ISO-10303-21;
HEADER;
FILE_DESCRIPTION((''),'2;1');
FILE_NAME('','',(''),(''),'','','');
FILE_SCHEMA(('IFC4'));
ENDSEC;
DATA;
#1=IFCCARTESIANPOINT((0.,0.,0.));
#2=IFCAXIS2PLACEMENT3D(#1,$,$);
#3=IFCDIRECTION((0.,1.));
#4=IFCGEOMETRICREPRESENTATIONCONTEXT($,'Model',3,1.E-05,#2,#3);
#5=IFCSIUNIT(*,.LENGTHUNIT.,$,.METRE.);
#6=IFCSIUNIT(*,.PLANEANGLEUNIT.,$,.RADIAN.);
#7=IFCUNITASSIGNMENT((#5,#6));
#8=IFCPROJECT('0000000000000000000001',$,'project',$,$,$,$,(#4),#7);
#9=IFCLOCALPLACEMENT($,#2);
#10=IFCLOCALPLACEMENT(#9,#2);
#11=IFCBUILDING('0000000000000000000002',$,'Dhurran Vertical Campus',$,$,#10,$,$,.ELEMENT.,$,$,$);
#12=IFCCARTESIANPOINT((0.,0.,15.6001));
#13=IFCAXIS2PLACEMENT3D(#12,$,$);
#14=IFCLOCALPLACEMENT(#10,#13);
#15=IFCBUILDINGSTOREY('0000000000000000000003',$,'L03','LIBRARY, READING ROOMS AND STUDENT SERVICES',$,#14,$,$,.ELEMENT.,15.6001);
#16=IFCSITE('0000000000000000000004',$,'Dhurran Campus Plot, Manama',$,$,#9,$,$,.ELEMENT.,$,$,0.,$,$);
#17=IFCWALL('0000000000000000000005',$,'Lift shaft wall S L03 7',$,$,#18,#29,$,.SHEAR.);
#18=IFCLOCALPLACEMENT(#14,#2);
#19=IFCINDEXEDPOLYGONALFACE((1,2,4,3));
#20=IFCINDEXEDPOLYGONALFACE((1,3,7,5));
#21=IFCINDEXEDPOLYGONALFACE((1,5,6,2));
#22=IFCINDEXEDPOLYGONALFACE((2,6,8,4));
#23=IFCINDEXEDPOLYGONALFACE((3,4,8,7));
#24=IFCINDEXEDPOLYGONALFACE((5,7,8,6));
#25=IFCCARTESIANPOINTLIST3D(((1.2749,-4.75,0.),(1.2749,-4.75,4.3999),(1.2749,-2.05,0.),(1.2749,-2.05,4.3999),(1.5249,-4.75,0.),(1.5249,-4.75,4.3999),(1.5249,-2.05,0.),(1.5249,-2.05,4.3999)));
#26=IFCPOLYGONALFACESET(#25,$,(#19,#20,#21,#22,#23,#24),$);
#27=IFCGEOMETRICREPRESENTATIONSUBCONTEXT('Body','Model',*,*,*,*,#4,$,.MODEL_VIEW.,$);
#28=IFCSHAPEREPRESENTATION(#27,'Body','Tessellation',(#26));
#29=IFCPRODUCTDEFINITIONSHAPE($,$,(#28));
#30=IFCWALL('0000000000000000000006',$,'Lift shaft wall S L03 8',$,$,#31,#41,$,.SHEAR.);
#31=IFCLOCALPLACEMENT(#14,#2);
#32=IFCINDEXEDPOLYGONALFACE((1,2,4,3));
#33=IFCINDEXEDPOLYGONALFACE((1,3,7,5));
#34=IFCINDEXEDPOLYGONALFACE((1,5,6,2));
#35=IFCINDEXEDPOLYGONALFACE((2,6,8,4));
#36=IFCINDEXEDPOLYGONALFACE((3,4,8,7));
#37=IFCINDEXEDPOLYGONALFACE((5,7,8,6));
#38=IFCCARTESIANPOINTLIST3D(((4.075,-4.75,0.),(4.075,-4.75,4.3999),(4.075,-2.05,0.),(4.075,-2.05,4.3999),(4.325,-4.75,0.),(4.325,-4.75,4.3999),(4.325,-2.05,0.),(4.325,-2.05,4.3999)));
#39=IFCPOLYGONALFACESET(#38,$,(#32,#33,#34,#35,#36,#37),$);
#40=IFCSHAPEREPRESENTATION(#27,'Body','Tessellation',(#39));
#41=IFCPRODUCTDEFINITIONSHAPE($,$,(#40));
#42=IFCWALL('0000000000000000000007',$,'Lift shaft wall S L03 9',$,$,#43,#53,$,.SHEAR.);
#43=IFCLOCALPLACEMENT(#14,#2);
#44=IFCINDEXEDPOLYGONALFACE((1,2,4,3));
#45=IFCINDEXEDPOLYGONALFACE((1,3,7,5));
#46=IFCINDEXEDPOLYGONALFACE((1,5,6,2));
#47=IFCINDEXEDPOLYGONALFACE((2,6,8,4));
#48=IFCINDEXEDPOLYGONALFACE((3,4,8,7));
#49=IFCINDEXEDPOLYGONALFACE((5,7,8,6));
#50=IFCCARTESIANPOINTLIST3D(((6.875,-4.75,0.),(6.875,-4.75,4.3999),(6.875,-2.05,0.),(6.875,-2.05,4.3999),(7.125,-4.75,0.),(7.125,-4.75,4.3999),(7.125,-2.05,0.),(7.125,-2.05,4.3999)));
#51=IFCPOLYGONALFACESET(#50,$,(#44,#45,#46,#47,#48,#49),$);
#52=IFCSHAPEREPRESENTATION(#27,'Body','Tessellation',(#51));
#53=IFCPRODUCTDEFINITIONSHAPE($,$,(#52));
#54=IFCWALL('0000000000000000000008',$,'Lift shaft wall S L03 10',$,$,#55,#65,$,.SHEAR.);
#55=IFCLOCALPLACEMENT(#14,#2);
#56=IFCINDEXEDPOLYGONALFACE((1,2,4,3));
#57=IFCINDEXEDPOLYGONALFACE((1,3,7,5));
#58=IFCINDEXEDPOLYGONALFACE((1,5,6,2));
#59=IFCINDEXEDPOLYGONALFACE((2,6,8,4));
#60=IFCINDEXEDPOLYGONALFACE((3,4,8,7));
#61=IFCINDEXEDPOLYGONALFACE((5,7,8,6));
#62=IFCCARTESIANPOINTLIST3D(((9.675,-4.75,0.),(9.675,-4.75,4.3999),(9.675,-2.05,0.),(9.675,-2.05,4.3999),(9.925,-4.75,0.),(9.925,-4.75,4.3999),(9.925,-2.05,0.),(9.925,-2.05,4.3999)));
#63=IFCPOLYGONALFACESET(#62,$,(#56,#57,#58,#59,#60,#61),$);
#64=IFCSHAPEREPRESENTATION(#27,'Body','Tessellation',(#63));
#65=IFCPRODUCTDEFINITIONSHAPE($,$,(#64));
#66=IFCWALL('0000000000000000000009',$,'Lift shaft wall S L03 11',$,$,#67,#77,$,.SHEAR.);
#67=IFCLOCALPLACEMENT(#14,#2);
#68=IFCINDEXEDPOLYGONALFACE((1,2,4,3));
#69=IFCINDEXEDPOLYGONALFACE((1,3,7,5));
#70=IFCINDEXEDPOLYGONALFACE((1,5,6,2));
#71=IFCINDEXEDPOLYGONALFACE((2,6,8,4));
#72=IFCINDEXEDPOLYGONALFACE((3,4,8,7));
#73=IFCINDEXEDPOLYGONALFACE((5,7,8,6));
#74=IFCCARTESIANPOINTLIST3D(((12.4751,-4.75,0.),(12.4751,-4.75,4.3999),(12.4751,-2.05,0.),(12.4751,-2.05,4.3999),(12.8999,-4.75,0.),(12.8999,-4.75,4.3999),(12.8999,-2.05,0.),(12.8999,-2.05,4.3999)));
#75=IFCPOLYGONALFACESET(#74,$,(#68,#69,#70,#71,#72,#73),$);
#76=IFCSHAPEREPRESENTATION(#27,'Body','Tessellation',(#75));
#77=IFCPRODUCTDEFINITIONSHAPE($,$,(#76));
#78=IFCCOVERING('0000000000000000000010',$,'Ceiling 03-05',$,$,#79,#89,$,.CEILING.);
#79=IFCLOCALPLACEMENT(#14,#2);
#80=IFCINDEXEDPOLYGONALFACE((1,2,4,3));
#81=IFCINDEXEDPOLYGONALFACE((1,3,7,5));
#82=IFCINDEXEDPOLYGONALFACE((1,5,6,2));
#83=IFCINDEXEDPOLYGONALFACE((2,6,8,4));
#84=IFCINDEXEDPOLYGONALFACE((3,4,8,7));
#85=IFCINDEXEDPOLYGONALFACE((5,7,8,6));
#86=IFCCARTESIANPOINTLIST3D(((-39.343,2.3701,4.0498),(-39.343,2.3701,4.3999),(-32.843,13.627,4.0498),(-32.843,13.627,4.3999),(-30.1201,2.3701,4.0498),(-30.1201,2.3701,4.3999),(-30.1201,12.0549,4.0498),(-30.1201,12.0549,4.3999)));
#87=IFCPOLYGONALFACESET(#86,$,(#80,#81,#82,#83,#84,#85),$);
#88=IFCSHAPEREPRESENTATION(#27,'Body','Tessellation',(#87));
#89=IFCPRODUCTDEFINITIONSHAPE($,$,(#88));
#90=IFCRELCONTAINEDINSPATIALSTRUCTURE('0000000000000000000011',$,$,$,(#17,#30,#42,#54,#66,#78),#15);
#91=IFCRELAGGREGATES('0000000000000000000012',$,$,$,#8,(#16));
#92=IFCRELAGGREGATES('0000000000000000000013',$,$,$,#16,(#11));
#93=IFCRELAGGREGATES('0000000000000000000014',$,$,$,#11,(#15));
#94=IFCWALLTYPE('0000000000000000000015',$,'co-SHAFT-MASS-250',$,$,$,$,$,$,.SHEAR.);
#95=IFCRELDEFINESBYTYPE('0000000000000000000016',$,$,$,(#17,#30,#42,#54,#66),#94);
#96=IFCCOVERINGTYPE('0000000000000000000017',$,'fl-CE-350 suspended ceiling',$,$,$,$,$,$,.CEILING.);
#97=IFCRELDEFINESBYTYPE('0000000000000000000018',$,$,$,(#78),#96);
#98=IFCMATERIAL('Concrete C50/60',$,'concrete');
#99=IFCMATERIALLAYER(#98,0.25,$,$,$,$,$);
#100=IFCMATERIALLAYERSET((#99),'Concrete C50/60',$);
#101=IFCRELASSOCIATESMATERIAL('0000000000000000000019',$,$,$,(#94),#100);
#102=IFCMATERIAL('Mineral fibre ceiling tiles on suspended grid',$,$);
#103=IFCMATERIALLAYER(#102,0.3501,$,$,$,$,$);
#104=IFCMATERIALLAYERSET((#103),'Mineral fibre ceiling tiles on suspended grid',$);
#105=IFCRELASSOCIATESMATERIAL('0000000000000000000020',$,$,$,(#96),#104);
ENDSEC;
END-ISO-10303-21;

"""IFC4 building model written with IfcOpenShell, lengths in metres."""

from ifc_helpers import new_model, si_unit, direction, frame, origin, place, context, subcontext, project, spatial, polyline, outline, extrude, material, layer, layer_set, type_object, element, save


model = new_model("IFC4")

# Units and contexts
model_context = context("Model", 3, precision=1e-05, world=origin(), true_north=direction((0.0, 1.0)))
body_context = subcontext(model_context, "Body", "Model", "MODEL_VIEW")
ifc_project = project(units=[si_unit("LENGTHUNIT", "METRE"), si_unit("PLANEANGLEUNIT", "RADIAN")], contexts=[model_context])

# Site, building, storey
site_placement = place(None, origin())
site = spatial("IfcSite", under=ifc_project, at=site_placement, Name="Dhurran Campus Plot, Manama", CompositionType="ELEMENT", RefElevation=0.0)
building_placement = place(site_placement, origin())
building = spatial("IfcBuilding", under=site, at=building_placement, Name="Dhurran Vertical Campus", CompositionType="ELEMENT")
storey_placement = place(building_placement, frame((0.0, 0.0, 15.6001)))
storey = spatial("IfcBuildingStorey", under=building, at=storey_placement, Name="L03", Description="LIBRARY, READING ROOMS AND STUDENT SERVICES", CompositionType="ELEMENT", Elevation=15.6001)

# Walls
ifc_material_1 = material(Name="Concrete C50/60", Category="concrete")
ifc_layer_1 = layer(ifc_material_1, 0.25)
ifc_layer_set_1 = layer_set([ifc_layer_1], Name="Concrete C50/60")
wall_type_1 = type_object("IfcWallType", Name="co-SHAFT-MASS-250", PredefinedType="SHEAR", material=ifc_layer_set_1)
wall_1_placement = place(storey_placement, origin())
element("IfcWall", 1, at=wall_1_placement, inside=storey, type_object=wall_type_1, Name="Lift shaft wall S L03 7", PredefinedType="SHEAR", context=body_context, shape_type="SweptSolid", body=[
    extrude(outline(polyline([(1.2749, -4.75), (1.5249, -4.75), (1.5249, -2.05), (1.2749, -2.05), (1.2749, -4.75)])), origin(), (0.0, 0.0, 1.0), 4.3999),
])
wall_2_placement = place(storey_placement, origin())
element("IfcWall", 2, at=wall_2_placement, inside=storey, type_object=wall_type_1, Name="Lift shaft wall S L03 8", PredefinedType="SHEAR", context=body_context, shape_type="SweptSolid", body=[
    extrude(outline(polyline([(4.075, -4.75), (4.325, -4.75), (4.325, -2.05), (4.075, -2.05), (4.075, -4.75)])), origin(), (0.0, 0.0, 1.0), 4.3999),
])
wall_3_placement = place(storey_placement, origin())
element("IfcWall", 3, at=wall_3_placement, inside=storey, type_object=wall_type_1, Name="Lift shaft wall S L03 9", PredefinedType="SHEAR", context=body_context, shape_type="SweptSolid", body=[
    extrude(outline(polyline([(6.875, -4.75), (7.125, -4.75), (7.125, -2.05), (6.875, -2.05), (6.875, -4.75)])), origin(), (0.0, 0.0, 1.0), 4.3999),
])
wall_4_placement = place(storey_placement, origin())
element("IfcWall", 4, at=wall_4_placement, inside=storey, type_object=wall_type_1, Name="Lift shaft wall S L03 10", PredefinedType="SHEAR", context=body_context, shape_type="SweptSolid", body=[
    extrude(outline(polyline([(9.675, -4.75), (9.925, -4.75), (9.925, -2.05), (9.675, -2.05), (9.675, -4.75)])), origin(), (0.0, 0.0, 1.0), 4.3999),
])
wall_5_placement = place(storey_placement, origin())
element("IfcWall", 5, at=wall_5_placement, inside=storey, type_object=wall_type_1, Name="Lift shaft wall S L03 11", PredefinedType="SHEAR", context=body_context, shape_type="SweptSolid", body=[
    extrude(outline(polyline([(12.4751, -4.75), (12.8999, -4.75), (12.8999, -2.05), (12.4751, -2.05), (12.4751, -4.75)])), origin(), (0.0, 0.0, 1.0), 4.3999),
])

# Covering
ifc_material_2 = material(Name="Mineral fibre ceiling tiles on suspended grid")
ifc_layer_2 = layer(ifc_material_2, 0.3501)
ifc_layer_set_2 = layer_set([ifc_layer_2], Name="Mineral fibre ceiling tiles on suspended grid")
covering_type = type_object("IfcCoveringType", Name="fl-CE-350 suspended ceiling", PredefinedType="CEILING", material=ifc_layer_set_2)
covering_1_placement = place(storey_placement, frame((0.0, 0.0, 4.0498)))
element("IfcCovering", 6, at=covering_1_placement, inside=storey, type_object=covering_type, Name="Ceiling 03-05", PredefinedType="CEILING", context=body_context, shape_type="SweptSolid", body=[
    extrude(outline(polyline([(-39.343, 2.3701), (-32.843, 13.627), (-30.1201, 12.0549), (-30.1201, 2.3701), (-39.343, 2.3701)])), origin(), (0.0, 0.0, 1.0), 0.3501),
])

save(model, "model.ifc")
